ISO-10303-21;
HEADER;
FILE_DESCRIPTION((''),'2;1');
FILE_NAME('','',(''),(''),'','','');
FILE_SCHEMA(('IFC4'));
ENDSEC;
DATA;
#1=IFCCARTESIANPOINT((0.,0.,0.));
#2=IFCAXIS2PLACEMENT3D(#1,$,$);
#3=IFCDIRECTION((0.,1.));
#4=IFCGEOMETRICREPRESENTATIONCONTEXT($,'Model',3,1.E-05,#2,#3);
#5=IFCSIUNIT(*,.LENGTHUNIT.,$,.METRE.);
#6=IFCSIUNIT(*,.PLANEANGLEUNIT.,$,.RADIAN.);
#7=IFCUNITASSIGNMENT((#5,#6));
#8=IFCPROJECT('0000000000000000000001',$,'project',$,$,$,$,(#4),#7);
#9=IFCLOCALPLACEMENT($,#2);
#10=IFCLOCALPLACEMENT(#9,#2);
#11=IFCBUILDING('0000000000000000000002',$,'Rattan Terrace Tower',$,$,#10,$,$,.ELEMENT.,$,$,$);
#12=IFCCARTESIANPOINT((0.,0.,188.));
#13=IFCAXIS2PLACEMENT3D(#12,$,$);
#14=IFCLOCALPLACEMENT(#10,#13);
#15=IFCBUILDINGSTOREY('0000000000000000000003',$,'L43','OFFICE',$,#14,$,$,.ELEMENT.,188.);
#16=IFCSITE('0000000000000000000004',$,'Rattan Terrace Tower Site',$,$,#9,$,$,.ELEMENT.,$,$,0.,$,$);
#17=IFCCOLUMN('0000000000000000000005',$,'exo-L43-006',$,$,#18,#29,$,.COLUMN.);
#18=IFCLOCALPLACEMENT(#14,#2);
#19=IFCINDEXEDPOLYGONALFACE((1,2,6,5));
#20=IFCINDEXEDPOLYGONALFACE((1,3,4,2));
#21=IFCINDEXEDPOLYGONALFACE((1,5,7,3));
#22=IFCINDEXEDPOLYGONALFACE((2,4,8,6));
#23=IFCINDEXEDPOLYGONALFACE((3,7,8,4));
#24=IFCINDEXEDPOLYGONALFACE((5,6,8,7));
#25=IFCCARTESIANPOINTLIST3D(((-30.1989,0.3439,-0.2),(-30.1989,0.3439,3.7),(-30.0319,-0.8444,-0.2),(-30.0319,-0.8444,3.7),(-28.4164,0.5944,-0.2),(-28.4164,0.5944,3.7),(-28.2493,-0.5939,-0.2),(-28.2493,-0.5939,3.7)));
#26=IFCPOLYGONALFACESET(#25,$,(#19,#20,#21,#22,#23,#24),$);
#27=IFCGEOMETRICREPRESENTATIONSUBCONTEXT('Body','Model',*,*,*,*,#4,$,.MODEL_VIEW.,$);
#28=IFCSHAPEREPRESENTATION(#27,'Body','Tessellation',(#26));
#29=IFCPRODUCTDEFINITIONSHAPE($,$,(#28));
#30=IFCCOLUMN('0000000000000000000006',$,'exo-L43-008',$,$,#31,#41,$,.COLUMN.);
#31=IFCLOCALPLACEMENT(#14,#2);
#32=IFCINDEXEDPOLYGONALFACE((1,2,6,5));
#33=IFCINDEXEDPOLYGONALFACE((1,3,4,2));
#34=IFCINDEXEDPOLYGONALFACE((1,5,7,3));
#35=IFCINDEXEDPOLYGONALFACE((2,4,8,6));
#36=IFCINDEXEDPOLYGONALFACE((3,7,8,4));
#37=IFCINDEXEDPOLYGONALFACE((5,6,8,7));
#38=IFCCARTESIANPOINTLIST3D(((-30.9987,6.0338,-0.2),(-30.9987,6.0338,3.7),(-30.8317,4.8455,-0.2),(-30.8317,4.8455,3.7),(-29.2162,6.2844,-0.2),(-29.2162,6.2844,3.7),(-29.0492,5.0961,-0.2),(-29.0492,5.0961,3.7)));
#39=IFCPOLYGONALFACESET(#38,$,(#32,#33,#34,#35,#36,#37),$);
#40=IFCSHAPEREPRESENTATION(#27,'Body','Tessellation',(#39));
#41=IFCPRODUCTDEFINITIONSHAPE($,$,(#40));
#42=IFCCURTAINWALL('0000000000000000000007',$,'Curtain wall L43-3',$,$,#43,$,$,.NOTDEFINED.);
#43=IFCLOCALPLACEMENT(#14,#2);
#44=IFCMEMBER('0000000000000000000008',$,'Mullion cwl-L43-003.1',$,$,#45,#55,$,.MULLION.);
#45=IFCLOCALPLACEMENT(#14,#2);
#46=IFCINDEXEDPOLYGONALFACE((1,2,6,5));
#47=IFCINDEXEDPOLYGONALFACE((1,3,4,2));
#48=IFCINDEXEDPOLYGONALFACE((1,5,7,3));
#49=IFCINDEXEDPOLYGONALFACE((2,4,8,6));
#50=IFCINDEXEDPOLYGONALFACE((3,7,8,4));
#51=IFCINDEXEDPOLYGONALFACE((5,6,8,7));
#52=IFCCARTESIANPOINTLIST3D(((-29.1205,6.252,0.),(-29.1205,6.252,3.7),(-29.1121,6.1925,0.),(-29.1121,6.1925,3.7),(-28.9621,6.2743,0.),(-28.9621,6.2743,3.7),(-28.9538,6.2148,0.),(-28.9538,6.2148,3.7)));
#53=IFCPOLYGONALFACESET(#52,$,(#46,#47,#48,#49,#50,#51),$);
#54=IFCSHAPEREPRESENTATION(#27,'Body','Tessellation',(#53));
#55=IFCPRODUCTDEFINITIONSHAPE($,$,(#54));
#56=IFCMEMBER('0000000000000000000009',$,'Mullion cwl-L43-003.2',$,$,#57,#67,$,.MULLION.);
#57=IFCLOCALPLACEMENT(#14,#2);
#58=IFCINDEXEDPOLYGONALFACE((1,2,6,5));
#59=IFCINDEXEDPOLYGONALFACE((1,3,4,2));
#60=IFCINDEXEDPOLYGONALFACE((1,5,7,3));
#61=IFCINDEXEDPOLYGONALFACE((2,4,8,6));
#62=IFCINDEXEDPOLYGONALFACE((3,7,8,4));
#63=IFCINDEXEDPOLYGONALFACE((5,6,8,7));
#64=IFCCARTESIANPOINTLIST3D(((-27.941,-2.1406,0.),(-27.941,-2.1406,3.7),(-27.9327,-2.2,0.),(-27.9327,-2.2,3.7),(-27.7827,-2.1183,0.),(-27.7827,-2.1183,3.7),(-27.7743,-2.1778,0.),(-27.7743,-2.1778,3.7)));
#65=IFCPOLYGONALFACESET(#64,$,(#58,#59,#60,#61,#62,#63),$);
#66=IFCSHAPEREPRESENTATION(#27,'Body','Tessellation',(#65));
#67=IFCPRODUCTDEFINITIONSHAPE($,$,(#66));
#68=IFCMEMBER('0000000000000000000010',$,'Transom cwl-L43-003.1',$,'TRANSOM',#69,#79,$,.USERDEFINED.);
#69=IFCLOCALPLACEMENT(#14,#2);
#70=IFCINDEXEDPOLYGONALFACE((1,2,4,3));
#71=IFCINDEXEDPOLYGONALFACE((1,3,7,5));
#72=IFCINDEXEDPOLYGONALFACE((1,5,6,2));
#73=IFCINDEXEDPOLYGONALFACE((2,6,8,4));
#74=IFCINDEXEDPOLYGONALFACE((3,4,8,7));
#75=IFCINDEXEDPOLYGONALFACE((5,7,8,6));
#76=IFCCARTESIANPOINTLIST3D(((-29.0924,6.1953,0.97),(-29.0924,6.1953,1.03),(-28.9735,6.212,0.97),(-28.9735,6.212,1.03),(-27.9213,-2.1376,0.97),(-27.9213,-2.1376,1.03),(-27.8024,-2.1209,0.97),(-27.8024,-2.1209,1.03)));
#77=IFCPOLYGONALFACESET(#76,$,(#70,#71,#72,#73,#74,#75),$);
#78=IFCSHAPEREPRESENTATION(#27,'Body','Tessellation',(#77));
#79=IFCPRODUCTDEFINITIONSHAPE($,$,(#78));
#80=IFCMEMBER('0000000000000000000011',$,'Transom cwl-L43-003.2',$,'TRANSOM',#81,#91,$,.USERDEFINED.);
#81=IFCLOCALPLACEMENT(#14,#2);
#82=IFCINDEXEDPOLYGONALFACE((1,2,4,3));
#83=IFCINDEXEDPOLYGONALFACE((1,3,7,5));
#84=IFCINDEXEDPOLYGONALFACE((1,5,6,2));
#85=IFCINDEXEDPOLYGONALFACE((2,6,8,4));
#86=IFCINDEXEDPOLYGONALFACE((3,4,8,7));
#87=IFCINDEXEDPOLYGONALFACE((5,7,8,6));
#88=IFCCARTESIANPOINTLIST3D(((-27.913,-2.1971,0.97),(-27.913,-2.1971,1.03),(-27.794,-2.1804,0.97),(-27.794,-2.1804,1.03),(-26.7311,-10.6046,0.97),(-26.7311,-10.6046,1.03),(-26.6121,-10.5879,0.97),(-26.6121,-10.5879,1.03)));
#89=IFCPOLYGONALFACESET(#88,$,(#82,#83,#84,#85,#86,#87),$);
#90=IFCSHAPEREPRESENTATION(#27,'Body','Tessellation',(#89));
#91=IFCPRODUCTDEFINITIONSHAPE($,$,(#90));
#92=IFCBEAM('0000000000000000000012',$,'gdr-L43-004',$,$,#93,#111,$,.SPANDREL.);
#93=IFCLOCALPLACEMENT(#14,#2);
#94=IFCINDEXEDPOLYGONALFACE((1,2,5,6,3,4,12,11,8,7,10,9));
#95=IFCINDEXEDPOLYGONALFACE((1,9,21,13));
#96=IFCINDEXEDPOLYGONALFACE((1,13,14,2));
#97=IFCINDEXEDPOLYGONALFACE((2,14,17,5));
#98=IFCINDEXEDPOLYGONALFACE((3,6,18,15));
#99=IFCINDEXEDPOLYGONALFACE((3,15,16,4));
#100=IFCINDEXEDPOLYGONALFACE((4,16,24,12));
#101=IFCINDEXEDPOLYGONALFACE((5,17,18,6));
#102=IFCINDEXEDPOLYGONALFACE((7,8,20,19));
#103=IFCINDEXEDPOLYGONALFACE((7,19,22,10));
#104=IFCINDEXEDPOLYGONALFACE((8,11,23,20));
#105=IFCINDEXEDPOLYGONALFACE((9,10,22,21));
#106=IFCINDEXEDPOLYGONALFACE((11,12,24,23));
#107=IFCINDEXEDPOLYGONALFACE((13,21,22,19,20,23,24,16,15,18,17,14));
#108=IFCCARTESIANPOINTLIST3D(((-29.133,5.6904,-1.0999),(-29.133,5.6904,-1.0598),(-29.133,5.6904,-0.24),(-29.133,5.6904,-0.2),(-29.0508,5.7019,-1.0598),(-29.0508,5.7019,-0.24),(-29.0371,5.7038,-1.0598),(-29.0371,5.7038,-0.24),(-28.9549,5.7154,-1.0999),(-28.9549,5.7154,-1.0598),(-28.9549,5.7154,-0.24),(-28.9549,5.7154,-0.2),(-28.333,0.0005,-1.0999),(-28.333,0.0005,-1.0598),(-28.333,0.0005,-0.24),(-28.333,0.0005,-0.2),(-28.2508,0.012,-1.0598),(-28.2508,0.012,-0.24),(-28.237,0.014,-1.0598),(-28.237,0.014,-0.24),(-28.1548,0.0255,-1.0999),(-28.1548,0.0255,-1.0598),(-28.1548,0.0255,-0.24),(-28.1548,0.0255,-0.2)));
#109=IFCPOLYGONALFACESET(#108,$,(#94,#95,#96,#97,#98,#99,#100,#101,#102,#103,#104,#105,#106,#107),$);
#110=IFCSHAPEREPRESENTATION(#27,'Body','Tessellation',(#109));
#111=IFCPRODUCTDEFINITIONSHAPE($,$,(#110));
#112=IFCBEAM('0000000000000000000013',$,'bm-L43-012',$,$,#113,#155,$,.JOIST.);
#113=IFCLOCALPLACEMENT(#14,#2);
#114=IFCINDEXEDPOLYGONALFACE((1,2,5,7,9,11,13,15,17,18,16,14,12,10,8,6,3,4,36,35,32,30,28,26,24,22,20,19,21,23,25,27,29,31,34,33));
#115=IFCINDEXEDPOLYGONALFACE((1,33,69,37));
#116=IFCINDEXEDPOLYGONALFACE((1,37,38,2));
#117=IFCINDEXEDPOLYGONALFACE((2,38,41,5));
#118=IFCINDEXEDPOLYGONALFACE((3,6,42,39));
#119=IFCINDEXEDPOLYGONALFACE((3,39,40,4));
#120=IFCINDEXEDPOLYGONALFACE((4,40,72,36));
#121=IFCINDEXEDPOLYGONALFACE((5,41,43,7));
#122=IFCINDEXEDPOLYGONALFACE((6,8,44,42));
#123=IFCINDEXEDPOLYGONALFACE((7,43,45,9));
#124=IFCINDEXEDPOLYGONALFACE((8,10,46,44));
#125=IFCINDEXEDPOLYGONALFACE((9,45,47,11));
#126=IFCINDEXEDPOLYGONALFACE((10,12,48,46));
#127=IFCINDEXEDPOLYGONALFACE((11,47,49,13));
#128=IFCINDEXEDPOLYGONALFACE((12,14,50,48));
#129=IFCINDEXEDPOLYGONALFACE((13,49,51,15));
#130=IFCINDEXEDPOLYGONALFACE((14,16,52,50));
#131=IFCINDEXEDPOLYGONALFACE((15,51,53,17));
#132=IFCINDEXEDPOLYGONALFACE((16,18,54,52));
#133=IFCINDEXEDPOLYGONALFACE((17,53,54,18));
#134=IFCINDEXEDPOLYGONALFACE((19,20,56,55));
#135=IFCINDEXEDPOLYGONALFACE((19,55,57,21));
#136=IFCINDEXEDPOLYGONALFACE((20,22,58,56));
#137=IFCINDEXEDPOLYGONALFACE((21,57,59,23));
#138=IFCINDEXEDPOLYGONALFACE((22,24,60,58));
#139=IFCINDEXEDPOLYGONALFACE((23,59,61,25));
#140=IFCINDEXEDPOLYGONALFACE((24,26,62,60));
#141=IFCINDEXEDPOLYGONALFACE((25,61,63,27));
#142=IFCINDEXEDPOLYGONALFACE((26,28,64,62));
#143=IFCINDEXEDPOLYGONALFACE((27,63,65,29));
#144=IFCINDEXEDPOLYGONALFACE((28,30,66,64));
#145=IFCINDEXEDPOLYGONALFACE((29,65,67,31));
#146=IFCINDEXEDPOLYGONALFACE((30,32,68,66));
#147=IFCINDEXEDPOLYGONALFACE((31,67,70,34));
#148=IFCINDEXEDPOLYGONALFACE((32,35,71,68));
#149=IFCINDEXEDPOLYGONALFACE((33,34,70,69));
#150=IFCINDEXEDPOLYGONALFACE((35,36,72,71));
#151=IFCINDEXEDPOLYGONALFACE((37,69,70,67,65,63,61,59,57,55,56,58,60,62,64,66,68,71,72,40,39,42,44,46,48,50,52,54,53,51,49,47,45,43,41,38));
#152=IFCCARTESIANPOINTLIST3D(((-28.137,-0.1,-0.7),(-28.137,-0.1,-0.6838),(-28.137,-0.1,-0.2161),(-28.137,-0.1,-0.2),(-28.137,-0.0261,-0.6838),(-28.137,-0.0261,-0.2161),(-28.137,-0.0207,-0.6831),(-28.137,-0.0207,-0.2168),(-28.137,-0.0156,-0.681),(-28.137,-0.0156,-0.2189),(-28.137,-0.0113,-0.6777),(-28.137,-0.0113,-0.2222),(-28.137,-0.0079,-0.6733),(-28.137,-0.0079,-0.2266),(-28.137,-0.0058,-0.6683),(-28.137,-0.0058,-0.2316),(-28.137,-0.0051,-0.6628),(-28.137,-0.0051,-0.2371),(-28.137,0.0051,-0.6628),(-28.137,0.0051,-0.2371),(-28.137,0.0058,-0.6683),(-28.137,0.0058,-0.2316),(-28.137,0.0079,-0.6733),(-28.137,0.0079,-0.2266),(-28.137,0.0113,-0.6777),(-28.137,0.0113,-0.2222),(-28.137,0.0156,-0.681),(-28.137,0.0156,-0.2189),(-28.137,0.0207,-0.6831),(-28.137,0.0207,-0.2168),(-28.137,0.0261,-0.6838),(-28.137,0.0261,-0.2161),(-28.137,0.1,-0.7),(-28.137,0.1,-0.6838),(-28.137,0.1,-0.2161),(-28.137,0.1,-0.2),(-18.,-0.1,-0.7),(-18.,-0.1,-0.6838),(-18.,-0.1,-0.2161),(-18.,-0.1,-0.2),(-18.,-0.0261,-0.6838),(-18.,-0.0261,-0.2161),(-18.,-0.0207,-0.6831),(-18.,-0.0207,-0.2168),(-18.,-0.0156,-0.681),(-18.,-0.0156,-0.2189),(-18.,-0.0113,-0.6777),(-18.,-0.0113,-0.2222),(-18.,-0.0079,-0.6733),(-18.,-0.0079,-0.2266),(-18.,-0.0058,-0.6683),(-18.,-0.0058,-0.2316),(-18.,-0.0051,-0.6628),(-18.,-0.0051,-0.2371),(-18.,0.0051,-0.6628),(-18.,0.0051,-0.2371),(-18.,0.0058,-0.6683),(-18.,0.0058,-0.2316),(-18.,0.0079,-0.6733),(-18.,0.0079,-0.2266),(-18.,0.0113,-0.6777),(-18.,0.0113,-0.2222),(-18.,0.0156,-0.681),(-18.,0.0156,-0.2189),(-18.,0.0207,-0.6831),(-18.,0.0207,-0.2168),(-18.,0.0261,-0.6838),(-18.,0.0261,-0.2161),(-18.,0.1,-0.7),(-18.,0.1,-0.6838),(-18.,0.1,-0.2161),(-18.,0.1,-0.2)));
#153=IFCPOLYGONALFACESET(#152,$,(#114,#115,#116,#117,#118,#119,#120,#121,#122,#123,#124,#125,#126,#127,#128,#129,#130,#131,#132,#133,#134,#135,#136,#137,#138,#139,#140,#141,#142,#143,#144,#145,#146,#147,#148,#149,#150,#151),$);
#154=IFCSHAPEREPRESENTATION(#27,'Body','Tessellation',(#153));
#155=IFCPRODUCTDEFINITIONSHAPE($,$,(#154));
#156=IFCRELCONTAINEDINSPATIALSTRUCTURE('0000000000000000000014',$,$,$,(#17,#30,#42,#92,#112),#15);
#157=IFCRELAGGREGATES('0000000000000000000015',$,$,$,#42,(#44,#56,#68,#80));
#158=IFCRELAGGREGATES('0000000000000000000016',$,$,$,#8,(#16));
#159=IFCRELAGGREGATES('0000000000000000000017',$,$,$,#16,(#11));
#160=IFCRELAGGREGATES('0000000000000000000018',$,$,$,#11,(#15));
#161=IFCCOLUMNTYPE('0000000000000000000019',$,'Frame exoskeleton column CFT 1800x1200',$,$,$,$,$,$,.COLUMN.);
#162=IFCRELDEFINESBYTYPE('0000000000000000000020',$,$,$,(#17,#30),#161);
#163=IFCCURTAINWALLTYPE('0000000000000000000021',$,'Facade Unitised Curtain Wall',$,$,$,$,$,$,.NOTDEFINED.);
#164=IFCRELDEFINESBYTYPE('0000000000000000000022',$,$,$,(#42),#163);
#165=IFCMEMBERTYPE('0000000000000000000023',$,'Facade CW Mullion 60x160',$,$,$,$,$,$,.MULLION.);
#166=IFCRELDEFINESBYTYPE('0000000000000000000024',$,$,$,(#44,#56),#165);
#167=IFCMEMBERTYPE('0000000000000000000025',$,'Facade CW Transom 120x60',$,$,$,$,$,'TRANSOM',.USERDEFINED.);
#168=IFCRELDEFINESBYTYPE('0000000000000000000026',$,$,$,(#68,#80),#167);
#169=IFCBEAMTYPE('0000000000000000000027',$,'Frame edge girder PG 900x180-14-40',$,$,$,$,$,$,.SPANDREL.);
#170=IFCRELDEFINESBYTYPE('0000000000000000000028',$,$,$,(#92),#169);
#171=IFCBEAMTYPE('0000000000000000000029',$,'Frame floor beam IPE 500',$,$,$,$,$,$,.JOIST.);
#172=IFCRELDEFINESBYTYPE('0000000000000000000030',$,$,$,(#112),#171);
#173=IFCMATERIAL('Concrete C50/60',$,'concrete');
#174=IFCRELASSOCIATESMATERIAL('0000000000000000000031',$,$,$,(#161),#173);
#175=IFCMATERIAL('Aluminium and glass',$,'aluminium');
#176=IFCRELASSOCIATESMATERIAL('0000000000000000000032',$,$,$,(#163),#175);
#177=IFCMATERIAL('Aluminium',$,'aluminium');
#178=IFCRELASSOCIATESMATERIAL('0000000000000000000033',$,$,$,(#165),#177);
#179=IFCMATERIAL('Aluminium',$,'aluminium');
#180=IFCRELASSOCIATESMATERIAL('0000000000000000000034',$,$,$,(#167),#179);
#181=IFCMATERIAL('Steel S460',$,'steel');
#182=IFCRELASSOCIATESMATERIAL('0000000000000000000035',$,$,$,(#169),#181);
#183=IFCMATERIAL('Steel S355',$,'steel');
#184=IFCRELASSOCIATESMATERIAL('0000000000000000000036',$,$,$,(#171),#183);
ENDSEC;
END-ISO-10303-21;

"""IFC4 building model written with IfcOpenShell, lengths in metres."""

from ifc_helpers import new_model, si_unit, direction, frame, origin, origin_2d, place, context, subcontext, project, spatial, rectangle, i_section, extrude, material, material_profile, profile_set, type_object, element, aggregate, save


model = new_model("IFC4")

# Units and contexts
model_context = context("Model", 3, precision=1e-05, world=origin(), true_north=direction((0.0, 1.0)))
body_context = subcontext(model_context, "Body", "Model", "MODEL_VIEW")
ifc_project = project(units=[si_unit("LENGTHUNIT", "METRE"), si_unit("PLANEANGLEUNIT", "RADIAN")], contexts=[model_context])

# Site, building, storey
site_placement = place(None, origin())
site = spatial("IfcSite", under=ifc_project, at=site_placement, Name="Rattan Terrace Tower Site", CompositionType="ELEMENT", RefElevation=0.0)
building_placement = place(site_placement, origin())
building = spatial("IfcBuilding", under=site, at=building_placement, Name="Rattan Terrace Tower", CompositionType="ELEMENT")
storey_placement = place(building_placement, frame((0.0, 0.0, 188.0)))
storey = spatial("IfcBuildingStorey", under=building, at=storey_placement, Name="L43", Description="OFFICE", CompositionType="ELEMENT", Elevation=188.0)

# Columns
ifc_material_1 = material(Name="Concrete C50/60", Category="concrete")
ifc_material_profile_1 = material_profile(ifc_material_1, rectangle(XDim=1.2, YDim=1.8, at=origin_2d()), Name="CFT 1800x1200")
ifc_profile_set_1 = profile_set([ifc_material_profile_1], Name="Concrete C50/60")
column_type = type_object("IfcColumnType", Name="Frame exoskeleton column CFT 1800x1200", PredefinedType="COLUMN", material=ifc_profile_set_1)
for number, where, z_axis, x_axis, name in (
    (1, (-29.2241, -0.125, -0.2), (0.0, 0.0, 1.0), (-0.13919, 0.990266, 0.0), "exo-L43-006"),
    (2, (-30.0239, 5.5649, -0.2), (0.0, 0.0, 1.0), (-0.13919, 0.990266, 0.0), "exo-L43-008"),
):
    element("IfcColumn", number, at=place(storey_placement, frame(where, z_axis=z_axis, x_axis=x_axis)), inside=storey, type_object=column_type, Name=name, PredefinedType="COLUMN", context=body_context, shape_type="SweptSolid", body=[
        extrude(rectangle(XDim=1.2, YDim=1.8, at=origin_2d()), origin(), (0.0, 0.0, 1.0), 3.8999),
    ])

# Curtain wall, members
ifc_material_2 = material(Name="Aluminium and glass", Category="aluminium")
curtain_wall_type = type_object("IfcCurtainWallType", Name="Facade Unitised Curtain Wall", PredefinedType="NOTDEFINED", material=ifc_material_2)
curtain_wall_placement = place(storey_placement, origin())
curtain_wall = element("IfcCurtainWall", 3, at=curtain_wall_placement, inside=storey, type_object=curtain_wall_type, Name="Curtain wall L43-3", PredefinedType="NOTDEFINED")
ifc_material_3 = material(Name="Aluminium", Category="aluminium")
ifc_material_profile_2 = material_profile(ifc_material_3, rectangle(XDim=0.0601, YDim=0.1599, at=origin_2d()), Name="Aluminium 60x160")
ifc_profile_set_2 = profile_set([ifc_material_profile_2], Name="Aluminium")
member_type_1 = type_object("IfcMemberType", Name="Facade CW Mullion 60x160", PredefinedType="MULLION", material=ifc_profile_set_2)
member_1_placement = place(storey_placement, frame((-29.0371, 6.2334, 0.0), z_axis=(0.0, 0.0, 1.0), x_axis=(0.139191, -0.990266, 0.0)))
member_1 = element("IfcMember", 4, at=member_1_placement, type_object=member_type_1, Name="Mullion cwl-L43-003.1", PredefinedType="MULLION", context=body_context, shape_type="SweptSolid", body=[
    extrude(rectangle(XDim=0.0601, YDim=0.1599, at=origin_2d()), origin(), (0.0, 0.0, 1.0), 3.7),
])
member_2_placement = place(storey_placement, frame((-27.8577, -2.1592, 0.0), z_axis=(0.0, 0.0, 1.0), x_axis=(0.139191, -0.990266, 0.0)))
member_2 = element("IfcMember", 5, at=member_2_placement, type_object=member_type_1, Name="Mullion cwl-L43-003.2", PredefinedType="MULLION", context=body_context, shape_type="SweptSolid", body=[
    extrude(rectangle(XDim=0.0601, YDim=0.1599, at=origin_2d()), origin(), (0.0, 0.0, 1.0), 3.7),
])
ifc_material_4 = material(Name="Aluminium", Category="aluminium")
ifc_material_profile_3 = material_profile(ifc_material_4, rectangle(XDim=0.1201, YDim=0.0601, at=origin_2d()), Name="Aluminium 120x60")
ifc_profile_set_3 = profile_set([ifc_material_profile_3], Name="Aluminium")
member_type_2 = type_object("IfcMemberType", Name="Facade CW Transom 120x60", ElementType="TRANSOM", PredefinedType="USERDEFINED", material=ifc_profile_set_3)
member_3_placement = place(storey_placement, frame((-29.033, 6.2036, 1.0), z_axis=(0.139175, -0.990268, 0.0), x_axis=(0.990268, 0.139175, 0.0)))
member_3 = element("IfcMember", 6, at=member_3_placement, type_object=member_type_2, Name="Transom cwl-L43-003.1", ObjectType="TRANSOM", PredefinedType="USERDEFINED", context=body_context, shape_type="SweptSolid", body=[
    extrude(rectangle(XDim=0.1201, YDim=0.0601, at=origin_2d()), origin(), (0.0, 0.0, 1.0), 8.4148),
])
member_4_placement = place(storey_placement, frame((-27.8535, -2.1887, 1.0), z_axis=(0.139207, -0.990263, 0.0), x_axis=(0.990263, 0.139207, 0.0)))
member_4 = element("IfcMember", 7, at=member_4_placement, type_object=member_type_2, Name="Transom cwl-L43-003.2", ObjectType="TRANSOM", PredefinedType="USERDEFINED", context=body_context, shape_type="SweptSolid", body=[
    extrude(rectangle(XDim=0.1201, YDim=0.0601, at=origin_2d()), origin(), (0.0, 0.0, 1.0), 8.4902),
])

# Beams
ifc_material_5 = material(Name="Steel S460", Category="steel")
ifc_material_profile_4 = material_profile(ifc_material_5, i_section(OverallWidth=0.1799, OverallDepth=0.8999, WebThickness=0.0139, FlangeThickness=0.04, at=origin_2d()), Name="PG 900x180-14-40")
ifc_profile_set_4 = profile_set([ifc_material_profile_4], Name="Steel S460")
beam_type_1 = type_object("IfcBeamType", Name="Frame edge girder PG 900x180-14-40", PredefinedType="SPANDREL", material=ifc_profile_set_4)
beam_1_placement = place(storey_placement, frame((-29.0439, 5.7029, -0.6499), z_axis=(0.139238, -0.990259, 0.0), x_axis=(0.990259, 0.139238, 0.0)))
element("IfcBeam", 8, at=beam_1_placement, inside=storey, type_object=beam_type_1, Name="gdr-L43-004", PredefinedType="SPANDREL", context=body_context, shape_type="SweptSolid", body=[
    extrude(i_section(OverallWidth=0.1799, OverallDepth=0.8999, WebThickness=0.0139, FlangeThickness=0.04, at=origin_2d()), origin(), (0.0, 0.0, 1.0), 5.7458),
])
ifc_material_6 = material(Name="Steel S355", Category="steel")
ifc_material_profile_5 = material_profile(ifc_material_6, i_section(OverallWidth=0.2, OverallDepth=0.5, WebThickness=0.0103, FlangeThickness=0.0161, FilletRadius=0.021, at=origin_2d()), Name="IPE 500")
ifc_profile_set_5 = profile_set([ifc_material_profile_5], Name="Steel S355")
beam_type_2 = type_object("IfcBeamType", Name="Frame floor beam IPE 500", PredefinedType="JOIST", material=ifc_profile_set_5)
beam_2_placement = place(storey_placement, frame((-28.137, 0.0, -0.45), z_axis=(1.0, 0.0, 0.0), x_axis=(0.0, 1.0, 0.0)))
element("IfcBeam", 9, at=beam_2_placement, inside=storey, type_object=beam_type_2, Name="bm-L43-012", PredefinedType="JOIST", context=body_context, shape_type="SweptSolid", body=[
    extrude(i_section(OverallWidth=0.2, OverallDepth=0.5, WebThickness=0.0103, FlangeThickness=0.0161, FilletRadius=0.021, at=origin_2d()), origin(), (0.0, 0.0, 1.0), 10.137),
])

aggregate(curtain_wall, [member_1, member_2, member_3, member_4])

save(model, "model.ifc")
